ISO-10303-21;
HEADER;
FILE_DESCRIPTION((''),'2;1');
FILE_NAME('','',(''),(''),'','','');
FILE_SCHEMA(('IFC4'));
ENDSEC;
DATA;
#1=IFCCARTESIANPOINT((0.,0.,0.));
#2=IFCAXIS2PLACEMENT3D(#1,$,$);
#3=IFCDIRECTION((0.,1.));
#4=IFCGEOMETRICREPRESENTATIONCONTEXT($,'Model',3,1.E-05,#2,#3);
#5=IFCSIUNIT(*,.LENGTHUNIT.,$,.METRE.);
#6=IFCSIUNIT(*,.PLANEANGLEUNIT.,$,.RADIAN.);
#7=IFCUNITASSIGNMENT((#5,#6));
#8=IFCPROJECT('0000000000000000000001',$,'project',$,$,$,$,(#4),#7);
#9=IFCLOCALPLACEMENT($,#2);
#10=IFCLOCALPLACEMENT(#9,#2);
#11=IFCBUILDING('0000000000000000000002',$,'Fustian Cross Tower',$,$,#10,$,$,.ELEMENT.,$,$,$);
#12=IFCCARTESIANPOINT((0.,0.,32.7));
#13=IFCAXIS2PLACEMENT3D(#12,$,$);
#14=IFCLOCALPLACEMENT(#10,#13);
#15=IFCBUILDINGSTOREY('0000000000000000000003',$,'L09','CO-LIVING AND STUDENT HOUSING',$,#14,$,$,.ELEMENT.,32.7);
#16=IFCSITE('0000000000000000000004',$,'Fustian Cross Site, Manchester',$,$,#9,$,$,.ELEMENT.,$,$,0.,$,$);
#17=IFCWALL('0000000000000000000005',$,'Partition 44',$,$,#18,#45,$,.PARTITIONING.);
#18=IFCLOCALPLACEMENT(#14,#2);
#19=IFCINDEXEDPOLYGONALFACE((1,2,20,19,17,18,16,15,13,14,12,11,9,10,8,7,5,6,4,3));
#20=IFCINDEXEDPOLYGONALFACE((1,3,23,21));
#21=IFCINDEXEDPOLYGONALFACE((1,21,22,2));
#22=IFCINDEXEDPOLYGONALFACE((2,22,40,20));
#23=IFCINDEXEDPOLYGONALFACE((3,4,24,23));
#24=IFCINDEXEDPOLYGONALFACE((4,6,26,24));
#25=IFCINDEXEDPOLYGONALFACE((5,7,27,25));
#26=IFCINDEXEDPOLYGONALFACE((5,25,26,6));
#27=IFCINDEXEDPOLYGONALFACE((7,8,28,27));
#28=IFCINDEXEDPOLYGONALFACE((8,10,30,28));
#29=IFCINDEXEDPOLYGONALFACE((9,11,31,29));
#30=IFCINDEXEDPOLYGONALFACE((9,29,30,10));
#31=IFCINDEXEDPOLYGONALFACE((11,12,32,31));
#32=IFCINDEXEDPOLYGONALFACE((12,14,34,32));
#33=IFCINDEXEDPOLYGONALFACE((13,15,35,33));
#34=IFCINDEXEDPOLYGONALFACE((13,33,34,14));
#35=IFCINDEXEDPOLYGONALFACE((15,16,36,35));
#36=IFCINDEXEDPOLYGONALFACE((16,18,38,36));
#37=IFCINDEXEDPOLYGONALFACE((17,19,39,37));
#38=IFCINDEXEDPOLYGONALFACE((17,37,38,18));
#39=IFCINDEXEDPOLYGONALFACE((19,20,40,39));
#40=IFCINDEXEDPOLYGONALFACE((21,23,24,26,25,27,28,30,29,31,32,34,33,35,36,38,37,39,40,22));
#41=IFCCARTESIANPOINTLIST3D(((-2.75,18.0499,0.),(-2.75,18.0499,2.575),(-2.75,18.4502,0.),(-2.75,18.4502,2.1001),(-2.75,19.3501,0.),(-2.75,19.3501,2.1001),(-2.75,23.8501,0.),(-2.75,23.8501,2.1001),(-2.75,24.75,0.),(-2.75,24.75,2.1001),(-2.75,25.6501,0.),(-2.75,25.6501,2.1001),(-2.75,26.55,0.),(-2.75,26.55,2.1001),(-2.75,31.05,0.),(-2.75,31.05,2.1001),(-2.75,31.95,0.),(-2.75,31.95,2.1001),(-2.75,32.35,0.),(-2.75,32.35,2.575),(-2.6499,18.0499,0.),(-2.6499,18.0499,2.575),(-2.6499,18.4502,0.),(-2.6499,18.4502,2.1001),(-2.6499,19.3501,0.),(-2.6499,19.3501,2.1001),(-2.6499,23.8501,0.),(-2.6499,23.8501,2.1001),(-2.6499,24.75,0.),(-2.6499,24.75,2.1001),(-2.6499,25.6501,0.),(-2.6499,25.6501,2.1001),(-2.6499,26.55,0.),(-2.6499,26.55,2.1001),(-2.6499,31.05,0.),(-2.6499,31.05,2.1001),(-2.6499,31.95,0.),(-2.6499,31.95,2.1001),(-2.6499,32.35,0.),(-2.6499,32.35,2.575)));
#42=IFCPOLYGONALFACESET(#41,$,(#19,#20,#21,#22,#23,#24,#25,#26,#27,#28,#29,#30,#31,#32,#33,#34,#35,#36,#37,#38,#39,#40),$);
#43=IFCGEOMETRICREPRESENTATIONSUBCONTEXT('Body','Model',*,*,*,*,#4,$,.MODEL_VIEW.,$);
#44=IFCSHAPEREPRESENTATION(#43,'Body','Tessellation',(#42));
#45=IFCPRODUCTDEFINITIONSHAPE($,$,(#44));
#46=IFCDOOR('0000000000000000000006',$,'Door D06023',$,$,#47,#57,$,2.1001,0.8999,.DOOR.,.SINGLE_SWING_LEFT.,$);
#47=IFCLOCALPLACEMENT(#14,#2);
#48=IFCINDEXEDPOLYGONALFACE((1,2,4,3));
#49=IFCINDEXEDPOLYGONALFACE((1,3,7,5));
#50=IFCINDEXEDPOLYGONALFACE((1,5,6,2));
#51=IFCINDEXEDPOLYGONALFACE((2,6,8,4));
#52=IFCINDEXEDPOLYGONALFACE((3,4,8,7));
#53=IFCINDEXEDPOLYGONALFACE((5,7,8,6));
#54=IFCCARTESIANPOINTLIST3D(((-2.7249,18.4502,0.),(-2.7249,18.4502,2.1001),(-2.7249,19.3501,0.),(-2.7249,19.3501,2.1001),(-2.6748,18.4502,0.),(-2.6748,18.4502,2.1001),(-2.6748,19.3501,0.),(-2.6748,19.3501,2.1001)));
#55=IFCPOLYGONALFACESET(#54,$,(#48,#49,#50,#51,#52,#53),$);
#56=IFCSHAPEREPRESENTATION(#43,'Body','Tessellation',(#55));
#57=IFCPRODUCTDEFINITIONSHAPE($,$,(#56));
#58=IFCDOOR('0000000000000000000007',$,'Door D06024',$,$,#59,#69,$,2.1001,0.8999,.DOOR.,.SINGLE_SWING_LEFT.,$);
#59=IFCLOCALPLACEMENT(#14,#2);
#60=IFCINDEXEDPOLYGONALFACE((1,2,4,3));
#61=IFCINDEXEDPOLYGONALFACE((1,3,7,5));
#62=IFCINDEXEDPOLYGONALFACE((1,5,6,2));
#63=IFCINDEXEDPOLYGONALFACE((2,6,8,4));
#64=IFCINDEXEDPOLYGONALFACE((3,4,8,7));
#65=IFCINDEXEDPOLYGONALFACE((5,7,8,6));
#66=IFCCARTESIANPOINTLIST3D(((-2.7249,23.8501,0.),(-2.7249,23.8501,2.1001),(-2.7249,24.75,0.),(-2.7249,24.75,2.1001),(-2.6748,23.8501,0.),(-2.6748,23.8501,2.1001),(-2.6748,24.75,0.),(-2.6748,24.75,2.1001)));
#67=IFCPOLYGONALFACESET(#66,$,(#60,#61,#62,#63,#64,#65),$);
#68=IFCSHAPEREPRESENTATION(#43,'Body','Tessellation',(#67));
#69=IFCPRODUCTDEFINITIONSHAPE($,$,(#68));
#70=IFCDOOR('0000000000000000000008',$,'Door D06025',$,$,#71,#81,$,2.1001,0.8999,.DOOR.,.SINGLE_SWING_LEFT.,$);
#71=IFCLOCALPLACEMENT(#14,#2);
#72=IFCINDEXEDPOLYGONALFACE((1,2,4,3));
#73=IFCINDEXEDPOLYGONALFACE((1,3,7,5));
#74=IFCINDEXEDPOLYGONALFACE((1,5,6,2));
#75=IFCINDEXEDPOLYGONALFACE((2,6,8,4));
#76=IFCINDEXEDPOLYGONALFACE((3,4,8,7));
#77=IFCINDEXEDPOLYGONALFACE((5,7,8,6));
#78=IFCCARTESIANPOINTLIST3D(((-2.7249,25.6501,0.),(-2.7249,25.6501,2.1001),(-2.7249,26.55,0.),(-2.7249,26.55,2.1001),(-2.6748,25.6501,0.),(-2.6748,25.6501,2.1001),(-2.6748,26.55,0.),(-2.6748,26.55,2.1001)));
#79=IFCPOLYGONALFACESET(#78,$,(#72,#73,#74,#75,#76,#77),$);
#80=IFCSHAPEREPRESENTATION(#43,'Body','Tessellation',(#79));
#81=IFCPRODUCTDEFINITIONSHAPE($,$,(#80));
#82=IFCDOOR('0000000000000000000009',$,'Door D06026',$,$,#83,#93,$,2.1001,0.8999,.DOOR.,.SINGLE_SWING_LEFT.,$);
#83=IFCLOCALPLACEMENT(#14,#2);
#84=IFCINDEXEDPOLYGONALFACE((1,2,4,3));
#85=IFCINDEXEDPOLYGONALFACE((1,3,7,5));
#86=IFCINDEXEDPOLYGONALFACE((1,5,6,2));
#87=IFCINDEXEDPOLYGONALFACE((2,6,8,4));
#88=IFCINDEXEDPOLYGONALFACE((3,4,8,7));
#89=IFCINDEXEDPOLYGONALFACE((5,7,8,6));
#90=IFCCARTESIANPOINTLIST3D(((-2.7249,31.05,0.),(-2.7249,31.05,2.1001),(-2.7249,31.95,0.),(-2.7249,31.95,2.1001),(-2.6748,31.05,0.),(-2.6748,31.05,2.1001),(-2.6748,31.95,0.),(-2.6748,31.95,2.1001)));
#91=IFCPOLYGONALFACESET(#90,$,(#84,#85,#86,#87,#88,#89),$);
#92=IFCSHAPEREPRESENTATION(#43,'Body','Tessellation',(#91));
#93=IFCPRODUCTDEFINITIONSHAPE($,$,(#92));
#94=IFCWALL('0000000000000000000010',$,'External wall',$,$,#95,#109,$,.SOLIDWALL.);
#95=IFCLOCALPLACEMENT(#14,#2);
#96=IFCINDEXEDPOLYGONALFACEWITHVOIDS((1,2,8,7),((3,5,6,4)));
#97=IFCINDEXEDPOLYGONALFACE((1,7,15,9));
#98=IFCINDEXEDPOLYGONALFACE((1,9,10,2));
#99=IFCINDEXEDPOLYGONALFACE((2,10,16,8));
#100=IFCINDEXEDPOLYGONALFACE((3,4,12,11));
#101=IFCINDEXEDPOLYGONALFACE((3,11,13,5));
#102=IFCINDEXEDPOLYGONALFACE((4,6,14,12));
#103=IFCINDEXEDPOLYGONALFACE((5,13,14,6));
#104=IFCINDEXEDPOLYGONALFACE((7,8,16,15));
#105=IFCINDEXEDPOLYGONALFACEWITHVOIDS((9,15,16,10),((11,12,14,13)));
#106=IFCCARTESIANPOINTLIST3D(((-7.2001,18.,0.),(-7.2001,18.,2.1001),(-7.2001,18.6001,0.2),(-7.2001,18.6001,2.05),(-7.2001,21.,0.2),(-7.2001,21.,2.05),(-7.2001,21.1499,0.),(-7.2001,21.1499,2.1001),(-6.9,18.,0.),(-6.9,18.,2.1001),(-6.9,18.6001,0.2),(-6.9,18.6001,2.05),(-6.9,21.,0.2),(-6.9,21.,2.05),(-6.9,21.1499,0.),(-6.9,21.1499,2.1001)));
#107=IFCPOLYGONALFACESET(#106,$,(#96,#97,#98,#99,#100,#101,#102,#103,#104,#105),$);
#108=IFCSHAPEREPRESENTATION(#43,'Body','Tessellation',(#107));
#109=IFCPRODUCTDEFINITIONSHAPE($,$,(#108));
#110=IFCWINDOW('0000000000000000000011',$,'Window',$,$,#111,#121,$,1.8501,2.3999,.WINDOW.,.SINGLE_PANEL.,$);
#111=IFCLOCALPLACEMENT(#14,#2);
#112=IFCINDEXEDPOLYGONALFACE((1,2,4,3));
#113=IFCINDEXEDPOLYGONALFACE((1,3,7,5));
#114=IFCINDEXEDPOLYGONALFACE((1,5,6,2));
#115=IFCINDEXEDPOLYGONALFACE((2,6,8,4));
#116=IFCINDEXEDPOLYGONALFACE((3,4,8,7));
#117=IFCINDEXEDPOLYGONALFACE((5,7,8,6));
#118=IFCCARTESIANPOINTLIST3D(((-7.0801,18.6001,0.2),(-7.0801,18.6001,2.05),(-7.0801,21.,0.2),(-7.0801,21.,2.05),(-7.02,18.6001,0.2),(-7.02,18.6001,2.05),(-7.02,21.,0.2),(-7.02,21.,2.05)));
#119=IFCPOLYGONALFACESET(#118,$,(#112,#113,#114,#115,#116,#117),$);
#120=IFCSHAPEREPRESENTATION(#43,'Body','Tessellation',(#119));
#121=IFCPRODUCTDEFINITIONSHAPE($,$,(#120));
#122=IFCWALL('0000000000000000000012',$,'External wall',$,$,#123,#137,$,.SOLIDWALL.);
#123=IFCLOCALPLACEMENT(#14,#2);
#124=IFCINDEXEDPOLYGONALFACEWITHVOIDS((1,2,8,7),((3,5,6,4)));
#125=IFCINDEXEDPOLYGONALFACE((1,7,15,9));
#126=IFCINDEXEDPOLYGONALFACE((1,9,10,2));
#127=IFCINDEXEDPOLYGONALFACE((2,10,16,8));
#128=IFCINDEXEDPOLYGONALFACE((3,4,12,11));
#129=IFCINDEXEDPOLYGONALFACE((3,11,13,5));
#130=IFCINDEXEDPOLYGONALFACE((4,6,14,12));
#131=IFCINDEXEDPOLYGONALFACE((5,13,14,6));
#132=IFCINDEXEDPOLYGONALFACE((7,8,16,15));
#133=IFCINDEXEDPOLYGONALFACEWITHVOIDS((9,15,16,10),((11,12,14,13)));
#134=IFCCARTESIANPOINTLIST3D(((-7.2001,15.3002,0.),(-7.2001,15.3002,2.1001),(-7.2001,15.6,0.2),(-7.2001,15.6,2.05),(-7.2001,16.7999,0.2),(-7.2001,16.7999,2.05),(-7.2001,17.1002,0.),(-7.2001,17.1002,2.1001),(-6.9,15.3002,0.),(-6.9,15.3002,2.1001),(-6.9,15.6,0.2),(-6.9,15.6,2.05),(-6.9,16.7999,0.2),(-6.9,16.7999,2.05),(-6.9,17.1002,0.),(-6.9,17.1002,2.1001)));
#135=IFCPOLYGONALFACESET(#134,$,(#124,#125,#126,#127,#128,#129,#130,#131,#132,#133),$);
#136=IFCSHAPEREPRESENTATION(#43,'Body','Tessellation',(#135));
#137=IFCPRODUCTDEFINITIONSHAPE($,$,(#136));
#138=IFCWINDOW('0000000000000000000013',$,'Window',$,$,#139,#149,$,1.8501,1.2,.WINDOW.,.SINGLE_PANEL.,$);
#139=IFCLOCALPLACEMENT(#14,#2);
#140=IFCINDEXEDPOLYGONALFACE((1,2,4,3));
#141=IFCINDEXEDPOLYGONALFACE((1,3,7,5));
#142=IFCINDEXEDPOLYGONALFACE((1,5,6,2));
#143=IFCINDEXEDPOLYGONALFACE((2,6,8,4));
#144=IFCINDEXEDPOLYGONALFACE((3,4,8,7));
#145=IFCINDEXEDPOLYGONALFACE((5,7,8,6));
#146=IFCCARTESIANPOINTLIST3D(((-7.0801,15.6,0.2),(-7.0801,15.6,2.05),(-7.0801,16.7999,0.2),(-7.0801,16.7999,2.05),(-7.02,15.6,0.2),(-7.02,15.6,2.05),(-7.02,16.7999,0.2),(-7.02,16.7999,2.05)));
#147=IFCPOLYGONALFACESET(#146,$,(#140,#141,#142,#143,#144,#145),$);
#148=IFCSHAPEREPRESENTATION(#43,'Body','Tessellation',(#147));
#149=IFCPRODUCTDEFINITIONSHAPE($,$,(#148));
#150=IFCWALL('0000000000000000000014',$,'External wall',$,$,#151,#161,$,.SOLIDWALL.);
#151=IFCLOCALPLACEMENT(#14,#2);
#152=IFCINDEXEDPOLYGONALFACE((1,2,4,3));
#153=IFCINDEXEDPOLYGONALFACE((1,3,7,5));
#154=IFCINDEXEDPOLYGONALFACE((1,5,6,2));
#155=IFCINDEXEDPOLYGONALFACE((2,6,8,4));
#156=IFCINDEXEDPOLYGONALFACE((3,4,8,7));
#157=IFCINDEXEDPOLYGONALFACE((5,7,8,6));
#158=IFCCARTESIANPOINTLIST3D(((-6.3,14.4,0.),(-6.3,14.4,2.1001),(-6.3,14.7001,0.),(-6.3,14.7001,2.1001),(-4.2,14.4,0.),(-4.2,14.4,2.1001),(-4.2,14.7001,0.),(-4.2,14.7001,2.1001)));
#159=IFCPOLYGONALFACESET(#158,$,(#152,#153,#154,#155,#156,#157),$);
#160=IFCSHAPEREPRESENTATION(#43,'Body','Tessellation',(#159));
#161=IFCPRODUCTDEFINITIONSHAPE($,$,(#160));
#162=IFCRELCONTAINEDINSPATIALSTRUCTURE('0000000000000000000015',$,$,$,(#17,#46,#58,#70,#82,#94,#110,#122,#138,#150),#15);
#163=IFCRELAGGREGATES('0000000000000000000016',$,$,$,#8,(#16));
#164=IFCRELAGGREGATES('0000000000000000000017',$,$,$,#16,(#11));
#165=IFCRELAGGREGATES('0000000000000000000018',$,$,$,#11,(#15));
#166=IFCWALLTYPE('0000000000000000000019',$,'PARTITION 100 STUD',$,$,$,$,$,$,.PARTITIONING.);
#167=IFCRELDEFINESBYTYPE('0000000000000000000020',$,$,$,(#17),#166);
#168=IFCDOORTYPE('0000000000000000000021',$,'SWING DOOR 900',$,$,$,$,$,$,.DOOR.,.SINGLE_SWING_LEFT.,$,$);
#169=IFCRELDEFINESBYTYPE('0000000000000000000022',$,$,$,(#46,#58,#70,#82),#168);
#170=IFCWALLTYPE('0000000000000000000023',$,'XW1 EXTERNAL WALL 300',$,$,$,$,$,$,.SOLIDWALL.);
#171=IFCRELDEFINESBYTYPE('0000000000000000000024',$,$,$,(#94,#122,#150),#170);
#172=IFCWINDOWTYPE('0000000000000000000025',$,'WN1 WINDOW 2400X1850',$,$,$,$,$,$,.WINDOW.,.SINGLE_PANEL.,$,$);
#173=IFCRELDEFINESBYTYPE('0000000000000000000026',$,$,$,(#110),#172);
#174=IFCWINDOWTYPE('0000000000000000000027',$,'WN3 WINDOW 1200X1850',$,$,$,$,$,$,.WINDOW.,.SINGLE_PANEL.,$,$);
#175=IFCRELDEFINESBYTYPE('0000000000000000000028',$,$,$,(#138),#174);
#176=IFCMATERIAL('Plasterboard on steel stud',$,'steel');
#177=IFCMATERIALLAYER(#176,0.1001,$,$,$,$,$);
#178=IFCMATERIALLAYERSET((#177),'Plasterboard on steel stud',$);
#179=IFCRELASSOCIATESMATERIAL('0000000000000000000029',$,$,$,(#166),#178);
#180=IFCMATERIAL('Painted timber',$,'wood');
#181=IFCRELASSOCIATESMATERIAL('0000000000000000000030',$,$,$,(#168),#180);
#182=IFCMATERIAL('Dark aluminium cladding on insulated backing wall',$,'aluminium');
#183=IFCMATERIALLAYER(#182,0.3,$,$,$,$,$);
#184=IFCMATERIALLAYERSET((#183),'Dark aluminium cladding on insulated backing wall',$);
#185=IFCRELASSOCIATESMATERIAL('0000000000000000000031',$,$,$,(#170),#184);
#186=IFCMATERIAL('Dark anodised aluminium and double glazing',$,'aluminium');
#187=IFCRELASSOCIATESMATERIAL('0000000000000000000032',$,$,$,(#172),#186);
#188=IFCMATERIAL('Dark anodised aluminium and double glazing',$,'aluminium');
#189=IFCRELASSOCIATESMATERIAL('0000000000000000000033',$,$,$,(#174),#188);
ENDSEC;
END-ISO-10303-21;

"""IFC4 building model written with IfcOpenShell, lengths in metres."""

from ifc_helpers import new_model, si_unit, direction, frame, frame_2d, origin, place, context, subcontext, project, spatial, rectangle, extrude, material, layer, layer_set, type_object, element, fill, save


model = new_model("IFC4")

# Units and contexts
model_context = context("Model", 3, precision=1e-05, world=origin(), true_north=direction((0.0, 1.0)))
body_context = subcontext(model_context, "Body", "Model", "MODEL_VIEW")
ifc_project = project(units=[si_unit("LENGTHUNIT", "METRE"), si_unit("PLANEANGLEUNIT", "RADIAN")], contexts=[model_context])

# Site, building, storey
site_placement = place(None, origin())
site = spatial("IfcSite", under=ifc_project, at=site_placement, Name="Fustian Cross Site, Manchester", CompositionType="ELEMENT", RefElevation=0.0)
building_placement = place(site_placement, origin())
building = spatial("IfcBuilding", under=site, at=building_placement, Name="Fustian Cross Tower", CompositionType="ELEMENT")
storey_placement = place(building_placement, frame((0.0, 0.0, 32.7)))
storey = spatial("IfcBuildingStorey", under=building, at=storey_placement, Name="L09", Description="CO-LIVING AND STUDENT HOUSING", CompositionType="ELEMENT", Elevation=32.7)

# Shared definitions
ifc_material_1 = material(Name="Plasterboard on steel stud", Category="steel")
ifc_layer_1 = layer(ifc_material_1, 0.1001)
ifc_layer_set_1 = layer_set([ifc_layer_1], Name="Plasterboard on steel stud")
wall_type_1 = type_object("IfcWallType", Name="PARTITION 100 STUD", PredefinedType="PARTITIONING", material=ifc_layer_set_1)

# Wall, openings, doors
wall_1_placement = place(storey_placement, frame((-2.7, 18.05, 0.0), z_axis=(0.0, 0.0, 1.0), x_axis=(0.0, 1.0, 0.0)))
wall_1 = element("IfcWall", 1, at=wall_1_placement, inside=storey, type_object=wall_type_1, Name="Partition 44", PredefinedType="PARTITIONING", context=body_context, shape_type="SweptSolid", body=[
    extrude(rectangle(XDim=14.3, YDim=0.1001, at=frame_2d((7.1499, 0.0))), origin(), (0.0, 0.0, 1.0), 2.575),
])
opening_1_placement = place(wall_1_placement, frame((0.4001, 0.0, 0.0)))
opening_1 = element("IfcOpeningElement", 2, at=opening_1_placement, cuts=wall_1, PredefinedType="OPENING", context=body_context, shape_type="SweptSolid", body=[
    extrude(rectangle(XDim=0.8999, YDim=2.1001, at=frame_2d((0.45, 1.05))), frame((0.0, 0.0601, 0.0), z_axis=(0.0, -1.0, 0.0), x_axis=(1.0, 0.0, 0.0)), (0.0, 0.0, 1.0), 0.1201),
])
opening_2_placement = place(wall_1_placement, frame((5.8, 0.0, 0.0)))
opening_2 = element("IfcOpeningElement", 3, at=opening_2_placement, cuts=wall_1, PredefinedType="OPENING", context=body_context, shape_type="SweptSolid", body=[
    extrude(rectangle(XDim=0.8999, YDim=2.1001, at=frame_2d((0.45, 1.05))), frame((0.0, 0.0601, 0.0), z_axis=(0.0, -1.0, 0.0), x_axis=(1.0, 0.0, 0.0)), (0.0, 0.0, 1.0), 0.1201),
])
opening_3_placement = place(wall_1_placement, frame((7.6001, 0.0, 0.0)))
opening_3 = element("IfcOpeningElement", 4, at=opening_3_placement, cuts=wall_1, PredefinedType="OPENING", context=body_context, shape_type="SweptSolid", body=[
    extrude(rectangle(XDim=0.8999, YDim=2.1001, at=frame_2d((0.45, 1.05))), frame((0.0, 0.0601, 0.0), z_axis=(0.0, -1.0, 0.0), x_axis=(1.0, 0.0, 0.0)), (0.0, 0.0, 1.0), 0.1201),
])
opening_4_placement = place(wall_1_placement, frame((13.0, 0.0, 0.0)))
opening_4 = element("IfcOpeningElement", 5, at=opening_4_placement, cuts=wall_1, PredefinedType="OPENING", context=body_context, shape_type="SweptSolid", body=[
    extrude(rectangle(XDim=0.8999, YDim=2.1001, at=frame_2d((0.45, 1.05))), frame((0.0, 0.0601, 0.0), z_axis=(0.0, -1.0, 0.0), x_axis=(1.0, 0.0, 0.0)), (0.0, 0.0, 1.0), 0.1201),
])
ifc_material_2 = material(Name="Painted timber", Category="wood")
door_type_1 = type_object("IfcDoorType", Name="SWING DOOR 900", OperationType="SINGLE_SWING_LEFT", PredefinedType="DOOR", material=ifc_material_2)
door_1_placement = place(opening_1_placement, origin())
door_1 = element("IfcDoor", 6, at=door_1_placement, inside=storey, type_object=door_type_1, Name="Door D06023", OperationType="SINGLE_SWING_LEFT", OverallHeight=2.1001, OverallWidth=0.8999, PredefinedType="DOOR", context=body_context, shape_type="SweptSolid", body=[
    extrude(rectangle(XDim=0.8999, YDim=2.1001, at=frame_2d((0.45, 1.05))), frame((0.0, 0.0249, 0.0), z_axis=(0.0, -1.0, 0.0), x_axis=(1.0, 0.0, 0.0)), (0.0, 0.0, 1.0), 0.05),
])
fill(opening_1, door_1)
door_2_placement = place(opening_2_placement, origin())
door_2 = element("IfcDoor", 7, at=door_2_placement, inside=storey, type_object=door_type_1, Name="Door D06024", OperationType="SINGLE_SWING_LEFT", OverallHeight=2.1001, OverallWidth=0.8999, PredefinedType="DOOR", context=body_context, shape_type="SweptSolid", body=[
    extrude(rectangle(XDim=0.8999, YDim=2.1001, at=frame_2d((0.45, 1.05))), frame((0.0, 0.0249, 0.0), z_axis=(0.0, -1.0, 0.0), x_axis=(1.0, 0.0, 0.0)), (0.0, 0.0, 1.0), 0.05),
])
fill(opening_2, door_2)
door_3_placement = place(opening_3_placement, origin())
door_3 = element("IfcDoor", 8, at=door_3_placement, inside=storey, type_object=door_type_1, Name="Door D06025", OperationType="SINGLE_SWING_LEFT", OverallHeight=2.1001, OverallWidth=0.8999, PredefinedType="DOOR", context=body_context, shape_type="SweptSolid", body=[
    extrude(rectangle(XDim=0.8999, YDim=2.1001, at=frame_2d((0.45, 1.05))), frame((0.0, 0.0249, 0.0), z_axis=(0.0, -1.0, 0.0), x_axis=(1.0, 0.0, 0.0)), (0.0, 0.0, 1.0), 0.05),
])
fill(opening_3, door_3)
door_4_placement = place(opening_4_placement, origin())
door_4 = element("IfcDoor", 9, at=door_4_placement, inside=storey, type_object=door_type_1, Name="Door D06026", OperationType="SINGLE_SWING_LEFT", OverallHeight=2.1001, OverallWidth=0.8999, PredefinedType="DOOR", context=body_context, shape_type="SweptSolid", body=[
    extrude(rectangle(XDim=0.8999, YDim=2.1001, at=frame_2d((0.45, 1.05))), frame((0.0, 0.0249, 0.0), z_axis=(0.0, -1.0, 0.0), x_axis=(1.0, 0.0, 0.0)), (0.0, 0.0, 1.0), 0.05),
])
fill(opening_4, door_4)

# Walls, openings, windows
ifc_material_3 = material(Name="Dark aluminium cladding on insulated backing wall", Category="aluminium")
ifc_layer_2 = layer(ifc_material_3, 0.3)
ifc_layer_set_2 = layer_set([ifc_layer_2], Name="Dark aluminium cladding on insulated backing wall")
wall_type_2 = type_object("IfcWallType", Name="XW1 EXTERNAL WALL 300", PredefinedType="SOLIDWALL", material=ifc_layer_set_2)
wall_2_placement = place(storey_placement, frame((-7.05, 21.1499, 0.0), z_axis=(0.0, 0.0, 1.0), x_axis=(0.0, -1.0, 0.0)))
wall_2 = element("IfcWall", 10, at=wall_2_placement, inside=storey, type_object=wall_type_2, Name="External wall", PredefinedType="SOLIDWALL", context=body_context, shape_type="SweptSolid", body=[
    extrude(rectangle(XDim=3.1499, YDim=0.3, at=frame_2d((1.575, 0.0))), origin(), (0.0, 0.0, 1.0), 2.1001),
])
opening_5_placement = place(wall_2_placement, frame((0.1499, 0.0, 0.2)))
opening_5 = element("IfcOpeningElement", 11, at=opening_5_placement, cuts=wall_2, PredefinedType="OPENING", context=body_context, shape_type="SweptSolid", body=[
    extrude(rectangle(XDim=2.3999, YDim=1.8501, at=frame_2d((1.2, 0.925))), frame((0.0, 0.1599, 0.0), z_axis=(0.0, -1.0, 0.0), x_axis=(1.0, 0.0, 0.0)), (0.0, 0.0, 1.0), 0.3201),
])
ifc_material_4 = material(Name="Dark anodised aluminium and double glazing", Category="aluminium")
window_type_1 = type_object("IfcWindowType", Name="WN1 WINDOW 2400X1850", PartitioningType="SINGLE_PANEL", PredefinedType="WINDOW", material=ifc_material_4)
window_1_placement = place(opening_5_placement, origin())
window_1 = element("IfcWindow", 12, at=window_1_placement, inside=storey, type_object=window_type_1, Name="Window", OverallHeight=1.8501, OverallWidth=2.3999, PartitioningType="SINGLE_PANEL", PredefinedType="WINDOW", context=body_context, shape_type="SweptSolid", body=[
    extrude(rectangle(XDim=2.3999, YDim=1.8501, at=frame_2d((1.2, 0.925))), frame((0.0, 0.03, 0.0), z_axis=(0.0, -1.0, 0.0), x_axis=(1.0, 0.0, 0.0)), (0.0, 0.0, 1.0), 0.0601),
])
fill(opening_5, window_1)
wall_3_placement = place(storey_placement, frame((-7.05, 17.1001, 0.0), z_axis=(0.0, 0.0, 1.0), x_axis=(0.0, -1.0, 0.0)))
wall_3 = element("IfcWall", 13, at=wall_3_placement, inside=storey, type_object=wall_type_2, Name="External wall", PredefinedType="SOLIDWALL", context=body_context, shape_type="SweptSolid", body=[
    extrude(rectangle(XDim=1.8, YDim=0.3, at=frame_2d((0.8999, 0.0))), origin(), (0.0, 0.0, 1.0), 2.1001),
])
opening_6_placement = place(wall_3_placement, frame((0.3, 0.0, 0.2)))
opening_6 = element("IfcOpeningElement", 14, at=opening_6_placement, cuts=wall_3, PredefinedType="OPENING", context=body_context, shape_type="SweptSolid", body=[
    extrude(rectangle(XDim=1.2, YDim=1.8501, at=frame_2d((0.6001, 0.925))), frame((0.0, 0.1599, 0.0), z_axis=(0.0, -1.0, 0.0), x_axis=(1.0, 0.0, 0.0)), (0.0, 0.0, 1.0), 0.3201),
])
ifc_material_5 = material(Name="Dark anodised aluminium and double glazing", Category="aluminium")
window_type_2 = type_object("IfcWindowType", Name="WN3 WINDOW 1200X1850", PartitioningType="SINGLE_PANEL", PredefinedType="WINDOW", material=ifc_material_5)
window_2_placement = place(opening_6_placement, origin())
window_2 = element("IfcWindow", 15, at=window_2_placement, inside=storey, type_object=window_type_2, Name="Window", OverallHeight=1.8501, OverallWidth=1.2, PartitioningType="SINGLE_PANEL", PredefinedType="WINDOW", context=body_context, shape_type="SweptSolid", body=[
    extrude(rectangle(XDim=1.2, YDim=1.8501, at=frame_2d((0.6001, 0.925))), frame((0.0, 0.03, 0.0), z_axis=(0.0, -1.0, 0.0), x_axis=(1.0, 0.0, 0.0)), (0.0, 0.0, 1.0), 0.0601),
])
fill(opening_6, window_2)

# Wall
wall_4_placement = place(storey_placement, frame((-6.3, 14.55, 0.0), z_axis=(0.0, 0.0, 1.0), x_axis=(1.0, 0.0, 0.0)))
element("IfcWall", 16, at=wall_4_placement, inside=storey, type_object=wall_type_2, Name="External wall", PredefinedType="SOLIDWALL", context=body_context, shape_type="SweptSolid", body=[
    extrude(rectangle(XDim=2.1001, YDim=0.3, at=frame_2d((1.05, 0.0))), origin(), (0.0, 0.0, 1.0), 2.1001),
])

save(model, "model.ifc")
